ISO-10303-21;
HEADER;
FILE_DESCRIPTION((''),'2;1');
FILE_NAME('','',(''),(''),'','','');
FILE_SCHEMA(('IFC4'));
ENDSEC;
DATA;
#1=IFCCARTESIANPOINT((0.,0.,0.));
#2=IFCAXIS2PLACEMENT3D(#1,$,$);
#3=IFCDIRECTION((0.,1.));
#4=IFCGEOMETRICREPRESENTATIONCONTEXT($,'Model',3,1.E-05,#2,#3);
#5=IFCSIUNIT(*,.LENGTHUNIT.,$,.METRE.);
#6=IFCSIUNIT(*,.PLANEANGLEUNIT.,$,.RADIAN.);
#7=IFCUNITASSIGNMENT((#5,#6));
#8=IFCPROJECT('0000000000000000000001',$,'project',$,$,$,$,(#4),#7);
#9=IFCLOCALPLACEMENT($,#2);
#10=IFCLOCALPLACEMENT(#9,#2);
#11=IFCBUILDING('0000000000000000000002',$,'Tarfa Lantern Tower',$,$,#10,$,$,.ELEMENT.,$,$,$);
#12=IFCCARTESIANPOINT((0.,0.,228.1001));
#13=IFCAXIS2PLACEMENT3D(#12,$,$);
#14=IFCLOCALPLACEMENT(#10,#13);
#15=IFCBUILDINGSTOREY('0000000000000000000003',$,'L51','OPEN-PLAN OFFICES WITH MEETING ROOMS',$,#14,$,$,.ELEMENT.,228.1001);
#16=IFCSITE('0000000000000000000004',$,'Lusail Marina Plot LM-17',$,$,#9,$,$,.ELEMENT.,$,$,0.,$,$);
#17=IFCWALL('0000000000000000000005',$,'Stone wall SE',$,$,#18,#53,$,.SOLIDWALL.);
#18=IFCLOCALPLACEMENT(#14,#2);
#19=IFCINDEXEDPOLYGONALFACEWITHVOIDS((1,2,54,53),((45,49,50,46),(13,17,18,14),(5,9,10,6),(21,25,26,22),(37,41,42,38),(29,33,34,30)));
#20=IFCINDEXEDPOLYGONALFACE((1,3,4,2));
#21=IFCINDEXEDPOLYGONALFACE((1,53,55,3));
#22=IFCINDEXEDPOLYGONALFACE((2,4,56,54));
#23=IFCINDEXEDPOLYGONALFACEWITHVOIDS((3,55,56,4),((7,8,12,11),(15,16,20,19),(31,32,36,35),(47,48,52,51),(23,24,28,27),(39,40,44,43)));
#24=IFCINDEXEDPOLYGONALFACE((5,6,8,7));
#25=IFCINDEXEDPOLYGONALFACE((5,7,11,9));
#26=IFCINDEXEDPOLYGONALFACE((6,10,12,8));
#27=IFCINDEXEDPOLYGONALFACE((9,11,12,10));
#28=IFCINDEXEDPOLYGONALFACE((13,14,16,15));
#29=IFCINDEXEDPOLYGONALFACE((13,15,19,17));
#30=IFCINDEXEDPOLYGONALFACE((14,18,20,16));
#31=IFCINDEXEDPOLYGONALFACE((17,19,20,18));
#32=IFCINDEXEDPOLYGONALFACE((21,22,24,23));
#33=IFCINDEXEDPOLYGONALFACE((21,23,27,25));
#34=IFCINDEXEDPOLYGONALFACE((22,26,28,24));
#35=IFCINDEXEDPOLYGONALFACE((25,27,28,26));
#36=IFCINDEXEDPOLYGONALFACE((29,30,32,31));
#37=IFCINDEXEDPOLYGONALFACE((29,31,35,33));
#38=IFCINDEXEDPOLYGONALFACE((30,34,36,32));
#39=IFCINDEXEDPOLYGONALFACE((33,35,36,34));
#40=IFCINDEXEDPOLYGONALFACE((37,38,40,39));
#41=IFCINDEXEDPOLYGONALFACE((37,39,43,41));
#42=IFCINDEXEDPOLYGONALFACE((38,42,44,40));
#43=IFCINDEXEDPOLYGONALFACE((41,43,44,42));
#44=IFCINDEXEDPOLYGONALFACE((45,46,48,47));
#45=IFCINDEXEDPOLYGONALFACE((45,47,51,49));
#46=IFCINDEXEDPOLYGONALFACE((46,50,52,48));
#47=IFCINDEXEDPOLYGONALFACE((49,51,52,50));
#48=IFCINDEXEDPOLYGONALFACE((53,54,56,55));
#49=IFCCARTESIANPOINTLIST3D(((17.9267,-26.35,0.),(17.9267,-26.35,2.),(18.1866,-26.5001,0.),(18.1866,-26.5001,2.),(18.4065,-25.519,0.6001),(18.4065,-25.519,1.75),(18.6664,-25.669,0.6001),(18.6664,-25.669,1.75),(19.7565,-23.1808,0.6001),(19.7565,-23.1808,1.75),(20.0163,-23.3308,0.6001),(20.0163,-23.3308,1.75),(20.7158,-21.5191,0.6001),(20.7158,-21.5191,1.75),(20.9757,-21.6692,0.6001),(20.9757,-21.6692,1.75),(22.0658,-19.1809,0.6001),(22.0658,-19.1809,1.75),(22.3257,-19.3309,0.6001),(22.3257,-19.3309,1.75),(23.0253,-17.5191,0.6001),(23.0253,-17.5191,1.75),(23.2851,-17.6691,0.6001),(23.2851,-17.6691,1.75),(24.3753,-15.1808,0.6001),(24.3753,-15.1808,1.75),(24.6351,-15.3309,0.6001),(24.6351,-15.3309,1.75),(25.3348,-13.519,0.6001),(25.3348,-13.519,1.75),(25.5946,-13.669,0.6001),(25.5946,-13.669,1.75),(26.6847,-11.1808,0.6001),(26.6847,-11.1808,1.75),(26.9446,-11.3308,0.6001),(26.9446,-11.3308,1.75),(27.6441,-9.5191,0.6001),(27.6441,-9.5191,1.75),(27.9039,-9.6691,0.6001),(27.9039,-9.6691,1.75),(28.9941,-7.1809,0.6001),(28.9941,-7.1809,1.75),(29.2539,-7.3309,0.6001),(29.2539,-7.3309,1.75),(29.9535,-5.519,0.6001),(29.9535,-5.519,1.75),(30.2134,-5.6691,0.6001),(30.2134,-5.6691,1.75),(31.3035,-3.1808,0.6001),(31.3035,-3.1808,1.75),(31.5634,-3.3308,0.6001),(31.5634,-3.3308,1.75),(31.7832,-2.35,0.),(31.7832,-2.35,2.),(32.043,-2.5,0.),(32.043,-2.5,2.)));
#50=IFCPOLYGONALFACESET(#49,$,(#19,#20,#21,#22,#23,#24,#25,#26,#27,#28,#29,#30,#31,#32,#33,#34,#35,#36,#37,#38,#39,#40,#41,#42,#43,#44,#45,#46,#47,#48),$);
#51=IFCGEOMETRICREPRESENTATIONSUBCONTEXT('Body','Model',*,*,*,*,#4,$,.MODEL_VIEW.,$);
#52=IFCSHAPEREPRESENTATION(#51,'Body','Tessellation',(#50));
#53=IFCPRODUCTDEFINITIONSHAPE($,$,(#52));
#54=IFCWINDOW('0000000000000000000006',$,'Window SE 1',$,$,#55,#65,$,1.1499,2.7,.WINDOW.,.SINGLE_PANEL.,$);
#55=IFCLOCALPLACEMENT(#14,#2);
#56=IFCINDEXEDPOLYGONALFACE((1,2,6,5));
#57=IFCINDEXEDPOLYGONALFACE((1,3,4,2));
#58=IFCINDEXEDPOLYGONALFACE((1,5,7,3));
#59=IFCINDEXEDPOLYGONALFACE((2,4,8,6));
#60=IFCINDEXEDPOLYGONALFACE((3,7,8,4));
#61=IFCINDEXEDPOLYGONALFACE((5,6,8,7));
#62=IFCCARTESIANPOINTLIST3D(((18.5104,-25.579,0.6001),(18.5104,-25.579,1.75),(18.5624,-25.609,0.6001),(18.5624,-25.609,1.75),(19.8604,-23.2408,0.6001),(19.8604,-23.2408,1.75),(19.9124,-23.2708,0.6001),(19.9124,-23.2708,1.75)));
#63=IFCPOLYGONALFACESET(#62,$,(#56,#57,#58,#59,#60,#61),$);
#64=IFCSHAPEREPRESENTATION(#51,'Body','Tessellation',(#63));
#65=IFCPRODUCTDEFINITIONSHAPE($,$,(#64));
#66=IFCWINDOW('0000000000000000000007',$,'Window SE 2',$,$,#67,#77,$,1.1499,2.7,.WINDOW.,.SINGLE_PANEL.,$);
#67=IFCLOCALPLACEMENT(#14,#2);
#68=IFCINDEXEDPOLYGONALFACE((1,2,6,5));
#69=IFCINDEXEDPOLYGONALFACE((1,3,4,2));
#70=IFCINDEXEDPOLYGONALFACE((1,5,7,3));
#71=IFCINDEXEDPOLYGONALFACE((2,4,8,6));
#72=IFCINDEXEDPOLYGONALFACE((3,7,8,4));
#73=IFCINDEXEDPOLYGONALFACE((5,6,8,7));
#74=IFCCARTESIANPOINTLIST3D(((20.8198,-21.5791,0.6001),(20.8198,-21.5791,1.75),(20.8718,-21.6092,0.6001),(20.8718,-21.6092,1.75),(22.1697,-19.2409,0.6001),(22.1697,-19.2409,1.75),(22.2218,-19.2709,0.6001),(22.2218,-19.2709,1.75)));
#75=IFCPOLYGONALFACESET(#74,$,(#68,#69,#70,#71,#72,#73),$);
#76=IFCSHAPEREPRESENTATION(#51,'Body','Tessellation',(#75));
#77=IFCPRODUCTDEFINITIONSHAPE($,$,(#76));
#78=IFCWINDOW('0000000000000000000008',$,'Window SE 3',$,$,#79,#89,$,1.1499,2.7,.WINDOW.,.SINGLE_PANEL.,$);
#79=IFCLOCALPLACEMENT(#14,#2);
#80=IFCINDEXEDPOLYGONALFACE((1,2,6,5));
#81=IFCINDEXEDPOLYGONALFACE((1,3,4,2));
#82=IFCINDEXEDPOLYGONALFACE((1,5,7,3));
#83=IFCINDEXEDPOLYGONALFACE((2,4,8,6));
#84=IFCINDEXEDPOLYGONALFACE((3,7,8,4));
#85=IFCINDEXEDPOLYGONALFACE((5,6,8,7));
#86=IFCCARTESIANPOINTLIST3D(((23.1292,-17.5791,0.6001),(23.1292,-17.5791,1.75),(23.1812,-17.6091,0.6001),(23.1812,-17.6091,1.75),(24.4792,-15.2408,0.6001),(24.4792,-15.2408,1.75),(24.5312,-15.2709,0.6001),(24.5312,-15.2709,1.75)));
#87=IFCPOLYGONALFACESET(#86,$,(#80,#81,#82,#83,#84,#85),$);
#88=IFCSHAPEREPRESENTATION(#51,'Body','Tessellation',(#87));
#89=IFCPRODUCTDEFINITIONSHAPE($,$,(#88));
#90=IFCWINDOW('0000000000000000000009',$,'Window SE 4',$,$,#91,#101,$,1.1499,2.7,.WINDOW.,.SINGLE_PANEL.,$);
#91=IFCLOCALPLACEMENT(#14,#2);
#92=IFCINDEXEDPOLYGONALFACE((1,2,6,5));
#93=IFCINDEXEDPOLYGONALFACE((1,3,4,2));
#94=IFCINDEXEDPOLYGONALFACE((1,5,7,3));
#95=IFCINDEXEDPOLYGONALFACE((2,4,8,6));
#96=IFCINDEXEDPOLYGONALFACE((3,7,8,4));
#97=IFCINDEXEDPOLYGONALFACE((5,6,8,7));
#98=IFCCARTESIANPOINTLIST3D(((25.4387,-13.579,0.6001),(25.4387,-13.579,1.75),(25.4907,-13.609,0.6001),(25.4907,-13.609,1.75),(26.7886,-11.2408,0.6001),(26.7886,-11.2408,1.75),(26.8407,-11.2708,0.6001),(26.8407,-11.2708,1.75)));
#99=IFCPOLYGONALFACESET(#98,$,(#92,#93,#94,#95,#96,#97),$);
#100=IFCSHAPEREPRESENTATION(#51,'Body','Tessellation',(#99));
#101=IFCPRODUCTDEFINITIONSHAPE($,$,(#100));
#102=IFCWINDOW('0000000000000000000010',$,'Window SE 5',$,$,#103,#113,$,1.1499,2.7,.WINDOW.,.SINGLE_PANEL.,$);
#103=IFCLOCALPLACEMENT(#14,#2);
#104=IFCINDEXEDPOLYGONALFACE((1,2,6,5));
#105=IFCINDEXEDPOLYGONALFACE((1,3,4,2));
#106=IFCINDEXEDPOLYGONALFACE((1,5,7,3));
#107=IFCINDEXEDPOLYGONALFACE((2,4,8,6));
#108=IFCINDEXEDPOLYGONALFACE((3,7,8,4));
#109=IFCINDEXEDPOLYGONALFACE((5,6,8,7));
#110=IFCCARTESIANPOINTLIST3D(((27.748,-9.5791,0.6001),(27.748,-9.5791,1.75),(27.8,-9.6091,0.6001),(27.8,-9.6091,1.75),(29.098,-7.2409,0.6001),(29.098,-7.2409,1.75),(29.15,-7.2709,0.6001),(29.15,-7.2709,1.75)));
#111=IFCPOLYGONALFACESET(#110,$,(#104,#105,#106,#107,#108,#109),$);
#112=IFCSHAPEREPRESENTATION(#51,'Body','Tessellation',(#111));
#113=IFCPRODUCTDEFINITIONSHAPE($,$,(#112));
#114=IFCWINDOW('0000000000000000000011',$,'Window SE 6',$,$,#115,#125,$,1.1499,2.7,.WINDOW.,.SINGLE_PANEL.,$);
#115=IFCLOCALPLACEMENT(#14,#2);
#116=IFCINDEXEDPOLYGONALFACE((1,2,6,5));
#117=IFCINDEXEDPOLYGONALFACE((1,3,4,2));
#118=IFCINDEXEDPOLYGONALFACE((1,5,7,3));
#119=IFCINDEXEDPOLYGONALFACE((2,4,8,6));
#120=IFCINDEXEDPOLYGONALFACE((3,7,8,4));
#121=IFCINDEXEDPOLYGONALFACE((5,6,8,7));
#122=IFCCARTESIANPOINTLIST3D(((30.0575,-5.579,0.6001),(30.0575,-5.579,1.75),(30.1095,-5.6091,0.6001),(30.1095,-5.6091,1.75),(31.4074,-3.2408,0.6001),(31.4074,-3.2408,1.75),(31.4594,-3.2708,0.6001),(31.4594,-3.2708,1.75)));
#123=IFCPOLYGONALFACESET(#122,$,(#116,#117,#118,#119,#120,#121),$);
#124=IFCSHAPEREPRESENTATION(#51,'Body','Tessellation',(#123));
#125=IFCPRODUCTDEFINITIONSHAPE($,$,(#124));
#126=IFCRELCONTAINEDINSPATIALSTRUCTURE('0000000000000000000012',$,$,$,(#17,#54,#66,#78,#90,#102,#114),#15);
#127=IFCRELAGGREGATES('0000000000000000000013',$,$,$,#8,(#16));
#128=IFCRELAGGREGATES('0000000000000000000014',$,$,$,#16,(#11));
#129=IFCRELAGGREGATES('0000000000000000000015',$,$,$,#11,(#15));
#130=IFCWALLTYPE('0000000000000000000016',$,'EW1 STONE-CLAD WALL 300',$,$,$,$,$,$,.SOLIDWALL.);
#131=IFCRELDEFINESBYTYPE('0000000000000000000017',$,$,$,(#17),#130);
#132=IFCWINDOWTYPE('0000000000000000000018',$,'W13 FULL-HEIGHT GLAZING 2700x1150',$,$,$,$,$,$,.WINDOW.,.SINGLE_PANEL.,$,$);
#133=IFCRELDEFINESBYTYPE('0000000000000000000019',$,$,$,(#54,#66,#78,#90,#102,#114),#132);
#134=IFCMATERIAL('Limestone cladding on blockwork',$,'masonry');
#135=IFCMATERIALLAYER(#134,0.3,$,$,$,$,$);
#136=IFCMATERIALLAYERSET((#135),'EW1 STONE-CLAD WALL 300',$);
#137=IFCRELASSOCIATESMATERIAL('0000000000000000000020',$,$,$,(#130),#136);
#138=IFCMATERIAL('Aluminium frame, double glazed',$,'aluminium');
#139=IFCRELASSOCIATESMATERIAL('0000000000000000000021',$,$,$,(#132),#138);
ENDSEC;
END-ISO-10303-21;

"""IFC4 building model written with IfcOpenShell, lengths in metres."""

from ifc_helpers import new_model, si_unit, direction, frame, frame_2d, origin, place, context, subcontext, project, spatial, rectangle, extrude, material, layer, layer_set, type_object, element, fill, save


model = new_model("IFC4")

# Units and contexts
model_context = context("Model", 3, precision=1e-05, world=origin(), true_north=direction((0.0, 1.0)))
body_context = subcontext(model_context, "Body", "Model", "MODEL_VIEW")
ifc_project = project(units=[si_unit("LENGTHUNIT", "METRE"), si_unit("PLANEANGLEUNIT", "RADIAN")], contexts=[model_context])

# Site, building, storey
site_placement = place(None, origin())
site = spatial("IfcSite", under=ifc_project, at=site_placement, Name="Lusail Marina Plot LM-17", CompositionType="ELEMENT", RefElevation=0.0)
building_placement = place(site_placement, origin())
building = spatial("IfcBuilding", under=site, at=building_placement, Name="Tarfa Lantern Tower", CompositionType="ELEMENT")
storey_placement = place(building_placement, frame((0.0, 0.0, 228.1001)))
storey = spatial("IfcBuildingStorey", under=building, at=storey_placement, Name="L51", Description="OPEN-PLAN OFFICES WITH MEETING ROOMS", CompositionType="ELEMENT", Elevation=228.1001)

# Wall, openings, windows
ifc_material_1 = material(Name="Limestone cladding on blockwork", Category="masonry")
ifc_layer_1 = layer(ifc_material_1, 0.3)
ifc_layer_set_1 = layer_set([ifc_layer_1], Name="EW1 STONE-CLAD WALL 300")
wall_type = type_object("IfcWallType", Name="EW1 STONE-CLAD WALL 300", PredefinedType="SOLIDWALL", material=ifc_layer_set_1)
wall_placement = place(storey_placement, frame((18.0566, -26.425, 0.0), z_axis=(0.0, 0.0, 1.0), x_axis=(0.500001, 0.866025, 0.0)))
wall = element("IfcWall", 1, at=wall_placement, inside=storey, type_object=wall_type, Name="Stone wall SE", PredefinedType="SOLIDWALL", context=body_context, shape_type="SweptSolid", body=[
    extrude(rectangle(XDim=27.7129, YDim=0.3, at=frame_2d((13.8564, 0.0))), origin(), (0.0, 0.0, 1.0), 2.0),
])
opening_1_placement = place(wall_placement, frame((0.9595, 0.0, 0.6001)))
opening_1 = element("IfcOpeningElement", 2, at=opening_1_placement, cuts=wall, PredefinedType="OPENING", context=body_context, shape_type="SweptSolid", body=[
    extrude(rectangle(XDim=2.7, YDim=1.1499, at=frame_2d((1.3501, 0.575))), frame((0.0, 0.1599, 0.0), z_axis=(0.0, -1.0, 0.0), x_axis=(1.0, 0.0, 0.0)), (0.0, 0.0, 1.0), 0.3201),
])
opening_2_placement = place(wall_placement, frame((5.5781, 0.0, 0.6001)))
opening_2 = element("IfcOpeningElement", 3, at=opening_2_placement, cuts=wall, PredefinedType="OPENING", context=body_context, shape_type="SweptSolid", body=[
    extrude(rectangle(XDim=2.7, YDim=1.1499, at=frame_2d((1.3501, 0.575))), frame((0.0, 0.1599, 0.0), z_axis=(0.0, -1.0, 0.0), x_axis=(1.0, 0.0, 0.0)), (0.0, 0.0, 1.0), 0.3201),
])
opening_3_placement = place(wall_placement, frame((10.197, 0.0, 0.6001)))
opening_3 = element("IfcOpeningElement", 4, at=opening_3_placement, cuts=wall, PredefinedType="OPENING", context=body_context, shape_type="SweptSolid", body=[
    extrude(rectangle(XDim=2.7, YDim=1.1499, at=frame_2d((1.3501, 0.575))), frame((0.0, 0.1599, 0.0), z_axis=(0.0, -1.0, 0.0), x_axis=(1.0, 0.0, 0.0)), (0.0, 0.0, 1.0), 0.3201),
])
opening_4_placement = place(wall_placement, frame((14.8159, 0.0, 0.6001)))
opening_4 = element("IfcOpeningElement", 5, at=opening_4_placement, cuts=wall, PredefinedType="OPENING", context=body_context, shape_type="SweptSolid", body=[
    extrude(rectangle(XDim=2.7, YDim=1.1499, at=frame_2d((1.3501, 0.575))), frame((0.0, 0.1599, 0.0), z_axis=(0.0, -1.0, 0.0), x_axis=(1.0, 0.0, 0.0)), (0.0, 0.0, 1.0), 0.3201),
])
opening_5_placement = place(wall_placement, frame((19.4346, 0.0, 0.6001)))
opening_5 = element("IfcOpeningElement", 6, at=opening_5_placement, cuts=wall, PredefinedType="OPENING", context=body_context, shape_type="SweptSolid", body=[
    extrude(rectangle(XDim=2.7, YDim=1.1499, at=frame_2d((1.3501, 0.575))), frame((0.0, 0.1599, 0.0), z_axis=(0.0, -1.0, 0.0), x_axis=(1.0, 0.0, 0.0)), (0.0, 0.0, 1.0), 0.3201),
])
opening_6_placement = place(wall_placement, frame((24.0535, 0.0, 0.6001)))
opening_6 = element("IfcOpeningElement", 7, at=opening_6_placement, cuts=wall, PredefinedType="OPENING", context=body_context, shape_type="SweptSolid", body=[
    extrude(rectangle(XDim=2.7, YDim=1.1499, at=frame_2d((1.3501, 0.575))), frame((0.0, 0.1599, 0.0), z_axis=(0.0, -1.0, 0.0), x_axis=(1.0, 0.0, 0.0)), (0.0, 0.0, 1.0), 0.3201),
])
ifc_material_2 = material(Name="Aluminium frame, double glazed", Category="aluminium")
window_type = type_object("IfcWindowType", Name="W13 FULL-HEIGHT GLAZING 2700x1150", PartitioningType="SINGLE_PANEL", PredefinedType="WINDOW", material=ifc_material_2)
window_1_placement = place(opening_1_placement, origin())
window_1 = element("IfcWindow", 8, at=window_1_placement, inside=storey, type_object=window_type, Name="Window SE 1", OverallHeight=1.1499, OverallWidth=2.7, PartitioningType="SINGLE_PANEL", PredefinedType="WINDOW", context=body_context, shape_type="SweptSolid", body=[
    extrude(rectangle(XDim=2.7, YDim=1.1499, at=frame_2d((1.3501, 0.575))), frame((0.0, 0.03, 0.0), z_axis=(0.0, -1.0, 0.0), x_axis=(1.0, 0.0, 0.0)), (0.0, 0.0, 1.0), 0.0601),
])
fill(opening_1, window_1)
window_2_placement = place(opening_2_placement, origin())
window_2 = element("IfcWindow", 9, at=window_2_placement, inside=storey, type_object=window_type, Name="Window SE 2", OverallHeight=1.1499, OverallWidth=2.7, PartitioningType="SINGLE_PANEL", PredefinedType="WINDOW", context=body_context, shape_type="SweptSolid", body=[
    extrude(rectangle(XDim=2.7, YDim=1.1499, at=frame_2d((1.3501, 0.575))), frame((0.0, 0.03, 0.0), z_axis=(0.0, -1.0, 0.0), x_axis=(1.0, 0.0, 0.0)), (0.0, 0.0, 1.0), 0.0601),
])
fill(opening_2, window_2)
window_3_placement = place(opening_3_placement, origin())
window_3 = element("IfcWindow", 10, at=window_3_placement, inside=storey, type_object=window_type, Name="Window SE 3", OverallHeight=1.1499, OverallWidth=2.7, PartitioningType="SINGLE_PANEL", PredefinedType="WINDOW", context=body_context, shape_type="SweptSolid", body=[
    extrude(rectangle(XDim=2.7, YDim=1.1499, at=frame_2d((1.3501, 0.575))), frame((0.0, 0.03, 0.0), z_axis=(0.0, -1.0, 0.0), x_axis=(1.0, 0.0, 0.0)), (0.0, 0.0, 1.0), 0.0601),
])
fill(opening_3, window_3)
window_4_placement = place(opening_4_placement, origin())
window_4 = element("IfcWindow", 11, at=window_4_placement, inside=storey, type_object=window_type, Name="Window SE 4", OverallHeight=1.1499, OverallWidth=2.7, PartitioningType="SINGLE_PANEL", PredefinedType="WINDOW", context=body_context, shape_type="SweptSolid", body=[
    extrude(rectangle(XDim=2.7, YDim=1.1499, at=frame_2d((1.3501, 0.575))), frame((0.0, 0.03, 0.0), z_axis=(0.0, -1.0, 0.0), x_axis=(1.0, 0.0, 0.0)), (0.0, 0.0, 1.0), 0.0601),
])
fill(opening_4, window_4)
window_5_placement = place(opening_5_placement, origin())
window_5 = element("IfcWindow", 12, at=window_5_placement, inside=storey, type_object=window_type, Name="Window SE 5", OverallHeight=1.1499, OverallWidth=2.7, PartitioningType="SINGLE_PANEL", PredefinedType="WINDOW", context=body_context, shape_type="SweptSolid", body=[
    extrude(rectangle(XDim=2.7, YDim=1.1499, at=frame_2d((1.3501, 0.575))), frame((0.0, 0.03, 0.0), z_axis=(0.0, -1.0, 0.0), x_axis=(1.0, 0.0, 0.0)), (0.0, 0.0, 1.0), 0.0601),
])
fill(opening_5, window_5)
window_6_placement = place(opening_6_placement, origin())
window_6 = element("IfcWindow", 13, at=window_6_placement, inside=storey, type_object=window_type, Name="Window SE 6", OverallHeight=1.1499, OverallWidth=2.7, PartitioningType="SINGLE_PANEL", PredefinedType="WINDOW", context=body_context, shape_type="SweptSolid", body=[
    extrude(rectangle(XDim=2.7, YDim=1.1499, at=frame_2d((1.3501, 0.575))), frame((0.0, 0.03, 0.0), z_axis=(0.0, -1.0, 0.0), x_axis=(1.0, 0.0, 0.0)), (0.0, 0.0, 1.0), 0.0601),
])
fill(opening_6, window_6)

save(model, "model.ifc")
